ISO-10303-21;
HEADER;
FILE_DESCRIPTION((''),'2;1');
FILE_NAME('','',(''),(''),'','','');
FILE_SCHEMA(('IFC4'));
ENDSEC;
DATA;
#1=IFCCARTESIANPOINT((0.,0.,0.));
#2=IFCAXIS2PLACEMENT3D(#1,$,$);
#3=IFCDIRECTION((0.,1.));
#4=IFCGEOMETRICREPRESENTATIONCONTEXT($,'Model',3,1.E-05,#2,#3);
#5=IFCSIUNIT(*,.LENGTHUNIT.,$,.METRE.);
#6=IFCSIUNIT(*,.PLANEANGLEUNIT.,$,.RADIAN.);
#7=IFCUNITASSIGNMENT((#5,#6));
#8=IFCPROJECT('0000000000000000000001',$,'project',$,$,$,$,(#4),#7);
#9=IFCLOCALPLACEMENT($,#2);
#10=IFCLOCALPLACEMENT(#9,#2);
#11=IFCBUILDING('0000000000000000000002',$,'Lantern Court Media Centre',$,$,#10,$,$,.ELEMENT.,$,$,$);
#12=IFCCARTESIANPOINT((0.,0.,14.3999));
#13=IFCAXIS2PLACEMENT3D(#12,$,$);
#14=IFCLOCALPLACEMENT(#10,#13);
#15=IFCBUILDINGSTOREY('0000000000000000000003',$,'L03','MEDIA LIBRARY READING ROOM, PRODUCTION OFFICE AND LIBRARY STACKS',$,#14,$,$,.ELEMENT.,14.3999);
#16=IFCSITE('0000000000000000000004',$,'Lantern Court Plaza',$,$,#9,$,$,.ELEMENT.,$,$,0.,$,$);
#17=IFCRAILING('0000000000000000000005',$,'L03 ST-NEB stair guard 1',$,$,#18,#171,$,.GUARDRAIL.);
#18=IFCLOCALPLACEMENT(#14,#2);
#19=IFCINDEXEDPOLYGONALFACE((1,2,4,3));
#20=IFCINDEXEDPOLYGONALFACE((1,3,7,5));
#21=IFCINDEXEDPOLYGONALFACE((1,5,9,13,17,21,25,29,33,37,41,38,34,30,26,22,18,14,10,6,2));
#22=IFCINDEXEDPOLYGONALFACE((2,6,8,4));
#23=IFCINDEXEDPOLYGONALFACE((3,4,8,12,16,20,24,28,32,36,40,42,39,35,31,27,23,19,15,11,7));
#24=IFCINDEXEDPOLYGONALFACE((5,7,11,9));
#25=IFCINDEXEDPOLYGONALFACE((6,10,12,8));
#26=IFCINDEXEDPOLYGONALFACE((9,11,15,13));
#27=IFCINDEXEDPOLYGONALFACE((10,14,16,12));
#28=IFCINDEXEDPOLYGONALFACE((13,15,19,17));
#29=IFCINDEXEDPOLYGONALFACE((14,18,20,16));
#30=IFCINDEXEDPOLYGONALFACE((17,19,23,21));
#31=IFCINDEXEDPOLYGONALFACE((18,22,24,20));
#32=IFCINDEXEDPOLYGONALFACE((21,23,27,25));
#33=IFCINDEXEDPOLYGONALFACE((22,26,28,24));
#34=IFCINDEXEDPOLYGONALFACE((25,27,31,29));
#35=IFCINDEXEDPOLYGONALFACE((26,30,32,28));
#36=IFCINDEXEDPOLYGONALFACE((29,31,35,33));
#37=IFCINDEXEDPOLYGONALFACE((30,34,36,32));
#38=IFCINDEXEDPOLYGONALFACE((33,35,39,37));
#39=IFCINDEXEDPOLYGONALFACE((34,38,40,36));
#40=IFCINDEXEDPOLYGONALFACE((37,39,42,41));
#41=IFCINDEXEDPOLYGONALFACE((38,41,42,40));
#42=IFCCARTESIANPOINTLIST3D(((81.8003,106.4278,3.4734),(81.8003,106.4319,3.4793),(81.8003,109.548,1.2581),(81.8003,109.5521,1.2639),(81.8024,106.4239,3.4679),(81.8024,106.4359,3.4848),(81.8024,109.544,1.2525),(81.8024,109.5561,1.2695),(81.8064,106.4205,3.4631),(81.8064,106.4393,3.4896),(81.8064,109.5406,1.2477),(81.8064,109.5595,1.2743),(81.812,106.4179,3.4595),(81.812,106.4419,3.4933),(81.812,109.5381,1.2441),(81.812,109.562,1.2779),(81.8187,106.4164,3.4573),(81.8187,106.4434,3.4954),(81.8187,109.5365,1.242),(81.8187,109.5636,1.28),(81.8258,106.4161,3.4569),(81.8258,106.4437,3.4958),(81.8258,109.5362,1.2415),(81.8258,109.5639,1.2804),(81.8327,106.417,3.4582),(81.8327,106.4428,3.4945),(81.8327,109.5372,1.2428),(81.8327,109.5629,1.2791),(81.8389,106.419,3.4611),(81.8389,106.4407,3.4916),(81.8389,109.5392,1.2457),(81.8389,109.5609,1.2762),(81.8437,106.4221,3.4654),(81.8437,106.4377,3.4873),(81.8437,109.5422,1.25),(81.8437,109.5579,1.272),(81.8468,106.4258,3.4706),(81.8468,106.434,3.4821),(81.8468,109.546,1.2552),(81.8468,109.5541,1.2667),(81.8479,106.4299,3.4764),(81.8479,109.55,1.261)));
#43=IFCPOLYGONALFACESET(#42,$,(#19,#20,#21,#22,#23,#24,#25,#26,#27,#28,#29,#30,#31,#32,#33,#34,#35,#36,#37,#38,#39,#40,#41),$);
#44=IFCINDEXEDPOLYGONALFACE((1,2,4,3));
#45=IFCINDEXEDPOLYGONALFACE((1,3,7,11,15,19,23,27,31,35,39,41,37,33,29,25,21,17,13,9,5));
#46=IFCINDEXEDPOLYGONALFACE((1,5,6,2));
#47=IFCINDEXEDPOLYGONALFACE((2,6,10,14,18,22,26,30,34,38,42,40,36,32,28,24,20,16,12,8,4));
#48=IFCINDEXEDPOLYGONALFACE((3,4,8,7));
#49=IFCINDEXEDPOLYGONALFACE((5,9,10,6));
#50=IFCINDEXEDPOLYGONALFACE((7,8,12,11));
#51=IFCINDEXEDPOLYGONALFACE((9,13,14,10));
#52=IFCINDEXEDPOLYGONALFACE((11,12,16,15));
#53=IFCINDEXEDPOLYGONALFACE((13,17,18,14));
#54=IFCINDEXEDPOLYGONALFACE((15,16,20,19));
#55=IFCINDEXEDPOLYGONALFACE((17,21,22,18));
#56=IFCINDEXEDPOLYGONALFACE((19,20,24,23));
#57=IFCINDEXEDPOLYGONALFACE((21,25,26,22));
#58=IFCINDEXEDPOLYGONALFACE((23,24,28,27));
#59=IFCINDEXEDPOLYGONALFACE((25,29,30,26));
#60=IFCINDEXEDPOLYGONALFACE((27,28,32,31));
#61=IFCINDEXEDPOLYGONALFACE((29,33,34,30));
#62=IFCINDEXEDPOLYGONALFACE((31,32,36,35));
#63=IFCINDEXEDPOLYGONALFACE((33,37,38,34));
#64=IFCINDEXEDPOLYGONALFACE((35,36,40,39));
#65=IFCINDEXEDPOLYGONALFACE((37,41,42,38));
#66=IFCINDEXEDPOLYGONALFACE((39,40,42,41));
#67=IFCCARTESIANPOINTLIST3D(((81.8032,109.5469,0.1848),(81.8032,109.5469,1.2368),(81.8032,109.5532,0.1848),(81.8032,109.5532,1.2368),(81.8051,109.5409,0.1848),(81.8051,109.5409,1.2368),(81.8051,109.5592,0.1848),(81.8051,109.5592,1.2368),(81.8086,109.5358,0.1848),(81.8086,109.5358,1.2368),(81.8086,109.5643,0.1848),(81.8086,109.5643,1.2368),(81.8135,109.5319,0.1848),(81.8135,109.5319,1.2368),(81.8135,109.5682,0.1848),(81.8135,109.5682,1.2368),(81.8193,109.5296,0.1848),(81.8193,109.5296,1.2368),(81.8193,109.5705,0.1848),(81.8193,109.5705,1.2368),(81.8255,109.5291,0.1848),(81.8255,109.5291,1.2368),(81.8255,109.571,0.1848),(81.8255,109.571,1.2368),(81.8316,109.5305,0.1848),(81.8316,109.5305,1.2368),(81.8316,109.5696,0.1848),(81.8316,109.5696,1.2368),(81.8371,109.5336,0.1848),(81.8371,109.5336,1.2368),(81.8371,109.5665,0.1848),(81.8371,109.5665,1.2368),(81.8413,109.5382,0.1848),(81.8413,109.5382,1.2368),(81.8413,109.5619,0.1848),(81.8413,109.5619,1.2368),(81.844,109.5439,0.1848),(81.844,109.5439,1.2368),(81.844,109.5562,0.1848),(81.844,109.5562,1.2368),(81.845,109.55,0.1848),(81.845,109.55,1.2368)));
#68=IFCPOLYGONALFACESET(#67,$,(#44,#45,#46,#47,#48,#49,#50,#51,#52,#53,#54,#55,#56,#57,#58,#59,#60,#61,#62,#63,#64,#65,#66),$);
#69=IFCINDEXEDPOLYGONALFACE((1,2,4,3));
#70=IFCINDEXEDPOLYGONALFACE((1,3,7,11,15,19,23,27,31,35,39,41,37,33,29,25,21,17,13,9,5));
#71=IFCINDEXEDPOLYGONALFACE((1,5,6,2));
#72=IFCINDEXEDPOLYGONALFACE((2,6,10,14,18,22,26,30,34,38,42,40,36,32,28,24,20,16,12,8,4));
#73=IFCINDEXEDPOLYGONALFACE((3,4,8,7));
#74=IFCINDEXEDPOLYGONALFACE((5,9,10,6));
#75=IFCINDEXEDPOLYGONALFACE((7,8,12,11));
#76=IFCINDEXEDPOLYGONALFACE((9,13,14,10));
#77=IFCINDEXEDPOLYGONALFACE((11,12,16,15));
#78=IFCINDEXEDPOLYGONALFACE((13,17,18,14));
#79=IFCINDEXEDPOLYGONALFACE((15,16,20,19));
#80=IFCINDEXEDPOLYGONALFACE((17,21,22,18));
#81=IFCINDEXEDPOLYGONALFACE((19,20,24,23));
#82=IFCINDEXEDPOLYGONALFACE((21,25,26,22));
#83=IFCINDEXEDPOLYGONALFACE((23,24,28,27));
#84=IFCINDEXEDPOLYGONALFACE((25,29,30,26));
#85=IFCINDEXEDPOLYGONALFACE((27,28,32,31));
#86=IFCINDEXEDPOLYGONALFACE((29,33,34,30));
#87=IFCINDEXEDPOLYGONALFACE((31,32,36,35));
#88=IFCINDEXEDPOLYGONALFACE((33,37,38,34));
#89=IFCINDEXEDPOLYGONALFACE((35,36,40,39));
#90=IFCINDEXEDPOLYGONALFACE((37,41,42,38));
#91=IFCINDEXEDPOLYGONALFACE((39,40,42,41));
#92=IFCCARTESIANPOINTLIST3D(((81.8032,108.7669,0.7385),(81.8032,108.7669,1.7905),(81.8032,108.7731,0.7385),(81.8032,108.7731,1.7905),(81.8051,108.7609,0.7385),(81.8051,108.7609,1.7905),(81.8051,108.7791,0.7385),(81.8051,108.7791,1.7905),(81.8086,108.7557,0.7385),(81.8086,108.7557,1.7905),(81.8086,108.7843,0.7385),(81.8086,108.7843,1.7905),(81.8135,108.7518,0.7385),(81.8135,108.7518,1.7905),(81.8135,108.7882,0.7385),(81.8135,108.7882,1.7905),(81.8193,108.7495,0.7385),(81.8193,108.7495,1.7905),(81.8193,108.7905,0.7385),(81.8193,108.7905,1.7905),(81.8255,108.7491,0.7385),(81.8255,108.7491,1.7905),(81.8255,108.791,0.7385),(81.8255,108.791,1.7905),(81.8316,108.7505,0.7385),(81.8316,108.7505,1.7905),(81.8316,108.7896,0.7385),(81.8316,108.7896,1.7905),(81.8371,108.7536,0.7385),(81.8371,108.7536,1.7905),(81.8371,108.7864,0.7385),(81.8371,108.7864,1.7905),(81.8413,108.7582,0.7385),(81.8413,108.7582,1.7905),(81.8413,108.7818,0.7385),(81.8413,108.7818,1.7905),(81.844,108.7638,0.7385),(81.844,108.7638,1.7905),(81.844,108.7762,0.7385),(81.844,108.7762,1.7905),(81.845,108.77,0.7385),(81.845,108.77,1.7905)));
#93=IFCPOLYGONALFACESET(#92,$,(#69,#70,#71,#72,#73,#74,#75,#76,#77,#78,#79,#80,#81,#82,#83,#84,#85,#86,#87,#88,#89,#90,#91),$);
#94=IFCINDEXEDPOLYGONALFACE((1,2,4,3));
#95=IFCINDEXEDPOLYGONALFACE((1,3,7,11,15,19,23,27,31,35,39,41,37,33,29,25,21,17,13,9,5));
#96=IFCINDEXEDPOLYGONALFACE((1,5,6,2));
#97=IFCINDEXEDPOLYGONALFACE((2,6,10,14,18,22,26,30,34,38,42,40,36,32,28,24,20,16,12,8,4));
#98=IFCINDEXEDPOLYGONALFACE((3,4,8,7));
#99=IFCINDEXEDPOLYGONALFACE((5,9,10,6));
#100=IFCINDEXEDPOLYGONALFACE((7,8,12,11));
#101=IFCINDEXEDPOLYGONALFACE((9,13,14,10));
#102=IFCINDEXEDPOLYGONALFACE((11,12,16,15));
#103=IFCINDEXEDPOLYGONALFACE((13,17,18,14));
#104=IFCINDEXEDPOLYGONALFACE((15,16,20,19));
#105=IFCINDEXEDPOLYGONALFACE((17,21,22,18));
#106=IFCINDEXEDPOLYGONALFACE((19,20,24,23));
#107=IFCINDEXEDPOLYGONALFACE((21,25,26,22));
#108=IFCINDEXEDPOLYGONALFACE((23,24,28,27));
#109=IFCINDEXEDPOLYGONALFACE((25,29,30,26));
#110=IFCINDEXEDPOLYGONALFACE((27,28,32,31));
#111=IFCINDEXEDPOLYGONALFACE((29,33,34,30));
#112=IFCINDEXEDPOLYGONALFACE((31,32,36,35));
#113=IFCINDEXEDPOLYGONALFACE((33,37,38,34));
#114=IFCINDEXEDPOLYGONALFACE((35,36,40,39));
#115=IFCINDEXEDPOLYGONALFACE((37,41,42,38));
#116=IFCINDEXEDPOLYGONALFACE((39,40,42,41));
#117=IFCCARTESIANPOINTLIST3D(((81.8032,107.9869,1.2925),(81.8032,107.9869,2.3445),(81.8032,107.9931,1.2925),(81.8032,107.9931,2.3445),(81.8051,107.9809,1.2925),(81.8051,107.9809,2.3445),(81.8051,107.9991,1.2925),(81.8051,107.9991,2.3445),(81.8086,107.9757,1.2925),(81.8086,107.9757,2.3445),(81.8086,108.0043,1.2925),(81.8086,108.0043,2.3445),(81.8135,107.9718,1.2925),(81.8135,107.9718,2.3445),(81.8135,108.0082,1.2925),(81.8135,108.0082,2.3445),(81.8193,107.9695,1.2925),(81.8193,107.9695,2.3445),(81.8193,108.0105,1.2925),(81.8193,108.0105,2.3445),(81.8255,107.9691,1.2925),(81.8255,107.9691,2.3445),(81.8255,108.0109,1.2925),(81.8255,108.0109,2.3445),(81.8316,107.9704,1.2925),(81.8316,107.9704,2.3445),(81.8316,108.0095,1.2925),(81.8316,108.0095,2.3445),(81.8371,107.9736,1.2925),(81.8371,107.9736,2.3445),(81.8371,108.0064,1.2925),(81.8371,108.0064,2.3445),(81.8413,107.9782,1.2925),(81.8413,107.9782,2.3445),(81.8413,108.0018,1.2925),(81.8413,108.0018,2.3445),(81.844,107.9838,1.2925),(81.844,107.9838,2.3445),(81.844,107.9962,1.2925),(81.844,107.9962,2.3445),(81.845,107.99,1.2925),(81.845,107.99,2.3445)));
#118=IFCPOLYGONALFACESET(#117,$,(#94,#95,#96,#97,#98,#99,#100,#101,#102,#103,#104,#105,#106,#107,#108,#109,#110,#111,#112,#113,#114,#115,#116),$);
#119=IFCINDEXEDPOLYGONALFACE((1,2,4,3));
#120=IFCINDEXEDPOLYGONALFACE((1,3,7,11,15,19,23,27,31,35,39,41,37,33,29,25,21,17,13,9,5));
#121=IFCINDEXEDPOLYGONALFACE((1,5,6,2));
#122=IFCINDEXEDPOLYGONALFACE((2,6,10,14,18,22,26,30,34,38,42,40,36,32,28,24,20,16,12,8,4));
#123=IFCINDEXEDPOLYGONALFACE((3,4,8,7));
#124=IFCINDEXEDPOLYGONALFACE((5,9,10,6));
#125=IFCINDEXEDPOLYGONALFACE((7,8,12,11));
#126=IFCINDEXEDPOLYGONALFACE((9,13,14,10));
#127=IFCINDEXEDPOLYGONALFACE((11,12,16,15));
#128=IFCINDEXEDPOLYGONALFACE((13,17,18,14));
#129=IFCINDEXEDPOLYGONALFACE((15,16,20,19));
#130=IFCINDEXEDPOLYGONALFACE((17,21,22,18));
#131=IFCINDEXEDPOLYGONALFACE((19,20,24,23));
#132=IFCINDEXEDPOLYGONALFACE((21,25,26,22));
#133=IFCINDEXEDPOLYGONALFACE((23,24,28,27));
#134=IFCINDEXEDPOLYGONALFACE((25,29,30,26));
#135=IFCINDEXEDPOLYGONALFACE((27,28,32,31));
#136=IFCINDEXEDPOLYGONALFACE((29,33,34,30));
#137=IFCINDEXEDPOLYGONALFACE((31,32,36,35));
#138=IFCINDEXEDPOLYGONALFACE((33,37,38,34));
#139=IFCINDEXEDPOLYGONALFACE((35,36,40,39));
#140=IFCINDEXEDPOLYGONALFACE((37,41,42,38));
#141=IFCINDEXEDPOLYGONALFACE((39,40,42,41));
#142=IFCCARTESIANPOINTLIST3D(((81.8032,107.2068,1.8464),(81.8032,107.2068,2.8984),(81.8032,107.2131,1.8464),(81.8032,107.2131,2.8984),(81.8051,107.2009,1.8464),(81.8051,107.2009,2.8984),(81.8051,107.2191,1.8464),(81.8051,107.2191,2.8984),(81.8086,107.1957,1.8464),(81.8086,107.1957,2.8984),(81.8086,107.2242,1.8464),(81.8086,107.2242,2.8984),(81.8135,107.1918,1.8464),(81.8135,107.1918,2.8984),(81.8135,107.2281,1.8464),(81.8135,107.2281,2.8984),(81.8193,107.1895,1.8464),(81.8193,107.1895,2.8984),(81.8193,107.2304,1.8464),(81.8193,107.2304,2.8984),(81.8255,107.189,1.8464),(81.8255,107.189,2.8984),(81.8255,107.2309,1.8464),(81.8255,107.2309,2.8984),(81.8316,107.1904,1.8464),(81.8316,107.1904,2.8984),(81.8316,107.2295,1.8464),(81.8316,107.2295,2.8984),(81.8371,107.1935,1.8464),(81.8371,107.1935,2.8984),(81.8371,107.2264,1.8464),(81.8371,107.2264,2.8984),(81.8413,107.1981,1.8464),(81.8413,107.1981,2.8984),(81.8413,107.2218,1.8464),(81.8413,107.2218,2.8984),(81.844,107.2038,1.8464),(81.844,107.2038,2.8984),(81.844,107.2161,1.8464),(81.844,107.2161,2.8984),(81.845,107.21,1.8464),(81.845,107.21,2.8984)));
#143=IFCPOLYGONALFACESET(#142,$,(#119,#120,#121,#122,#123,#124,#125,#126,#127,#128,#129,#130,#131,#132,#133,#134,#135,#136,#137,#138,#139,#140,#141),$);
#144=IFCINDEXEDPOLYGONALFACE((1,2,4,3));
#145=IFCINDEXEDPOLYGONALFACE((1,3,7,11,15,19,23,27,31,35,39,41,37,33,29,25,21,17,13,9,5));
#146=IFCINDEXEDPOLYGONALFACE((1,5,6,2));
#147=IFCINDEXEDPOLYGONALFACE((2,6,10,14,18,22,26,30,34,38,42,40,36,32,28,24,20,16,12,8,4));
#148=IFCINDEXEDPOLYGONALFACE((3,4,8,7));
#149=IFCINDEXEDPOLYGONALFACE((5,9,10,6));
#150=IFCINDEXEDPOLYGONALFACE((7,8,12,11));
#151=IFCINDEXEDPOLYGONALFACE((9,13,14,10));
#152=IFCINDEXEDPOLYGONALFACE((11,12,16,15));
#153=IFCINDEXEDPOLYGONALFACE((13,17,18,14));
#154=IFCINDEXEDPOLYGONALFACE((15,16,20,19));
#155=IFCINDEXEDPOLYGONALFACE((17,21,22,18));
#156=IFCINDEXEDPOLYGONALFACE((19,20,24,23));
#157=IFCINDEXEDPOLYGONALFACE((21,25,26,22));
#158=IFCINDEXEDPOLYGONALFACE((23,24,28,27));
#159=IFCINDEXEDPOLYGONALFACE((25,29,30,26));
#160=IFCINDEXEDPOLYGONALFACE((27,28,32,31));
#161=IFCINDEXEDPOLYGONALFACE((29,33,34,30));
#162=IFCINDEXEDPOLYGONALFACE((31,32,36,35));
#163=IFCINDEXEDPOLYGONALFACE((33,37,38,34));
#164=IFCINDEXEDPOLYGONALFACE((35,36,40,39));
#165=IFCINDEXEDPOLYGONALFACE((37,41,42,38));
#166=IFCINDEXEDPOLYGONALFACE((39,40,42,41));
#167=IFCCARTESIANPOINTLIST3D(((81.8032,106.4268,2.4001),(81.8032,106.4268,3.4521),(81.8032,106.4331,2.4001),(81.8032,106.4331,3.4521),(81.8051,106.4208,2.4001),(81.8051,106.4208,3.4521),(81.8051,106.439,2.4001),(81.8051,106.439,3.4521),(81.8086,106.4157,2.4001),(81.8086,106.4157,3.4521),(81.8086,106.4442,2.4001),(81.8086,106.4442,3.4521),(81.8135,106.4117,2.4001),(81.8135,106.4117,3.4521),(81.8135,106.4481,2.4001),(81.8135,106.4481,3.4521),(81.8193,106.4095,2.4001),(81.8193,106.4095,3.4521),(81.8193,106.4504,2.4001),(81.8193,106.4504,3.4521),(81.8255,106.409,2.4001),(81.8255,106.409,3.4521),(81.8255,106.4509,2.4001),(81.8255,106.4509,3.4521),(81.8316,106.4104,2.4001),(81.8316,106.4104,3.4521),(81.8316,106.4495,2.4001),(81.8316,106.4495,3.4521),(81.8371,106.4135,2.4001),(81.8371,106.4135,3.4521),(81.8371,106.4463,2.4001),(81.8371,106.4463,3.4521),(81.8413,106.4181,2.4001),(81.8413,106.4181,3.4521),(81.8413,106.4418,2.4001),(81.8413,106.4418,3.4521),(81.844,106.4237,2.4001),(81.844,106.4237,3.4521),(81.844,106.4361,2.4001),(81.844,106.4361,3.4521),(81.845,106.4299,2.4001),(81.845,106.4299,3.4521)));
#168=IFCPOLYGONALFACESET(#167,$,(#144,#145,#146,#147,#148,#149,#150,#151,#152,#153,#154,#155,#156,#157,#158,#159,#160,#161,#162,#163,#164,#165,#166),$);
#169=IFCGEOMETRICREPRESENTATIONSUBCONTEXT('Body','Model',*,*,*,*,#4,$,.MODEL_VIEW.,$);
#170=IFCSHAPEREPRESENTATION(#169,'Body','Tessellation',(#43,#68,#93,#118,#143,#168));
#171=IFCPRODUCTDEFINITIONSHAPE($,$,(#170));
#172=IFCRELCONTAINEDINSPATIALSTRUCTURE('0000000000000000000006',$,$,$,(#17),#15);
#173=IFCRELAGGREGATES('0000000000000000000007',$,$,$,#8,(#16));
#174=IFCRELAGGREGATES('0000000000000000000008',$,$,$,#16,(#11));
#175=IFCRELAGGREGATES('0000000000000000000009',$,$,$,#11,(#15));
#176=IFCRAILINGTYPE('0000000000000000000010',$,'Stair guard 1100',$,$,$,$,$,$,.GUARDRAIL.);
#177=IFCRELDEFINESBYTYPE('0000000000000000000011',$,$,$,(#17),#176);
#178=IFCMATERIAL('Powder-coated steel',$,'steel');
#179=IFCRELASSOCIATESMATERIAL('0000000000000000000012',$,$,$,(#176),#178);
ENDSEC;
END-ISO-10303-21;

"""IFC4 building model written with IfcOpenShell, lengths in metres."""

from ifc_helpers import new_model, si_unit, direction, frame, origin, origin_2d, place, context, subcontext, project, spatial, circle, extrude, material, type_object, element, save


model = new_model("IFC4")

# Units and contexts
model_context = context("Model", 3, precision=1e-05, world=origin(), true_north=direction((0.0, 1.0)))
body_context = subcontext(model_context, "Body", "Model", "MODEL_VIEW")
ifc_project = project(units=[si_unit("LENGTHUNIT", "METRE"), si_unit("PLANEANGLEUNIT", "RADIAN")], contexts=[model_context])

# Site, building, storey
site_placement = place(None, origin())
site = spatial("IfcSite", under=ifc_project, at=site_placement, Name="Lantern Court Plaza", CompositionType="ELEMENT", RefElevation=0.0)
building_placement = place(site_placement, origin())
building = spatial("IfcBuilding", under=site, at=building_placement, Name="Lantern Court Media Centre", CompositionType="ELEMENT")
storey_placement = place(building_placement, frame((0.0, 0.0, 14.3999)))
storey = spatial("IfcBuildingStorey", under=building, at=storey_placement, Name="L03", Description="MEDIA LIBRARY READING ROOM, PRODUCTION OFFICE AND LIBRARY STACKS", CompositionType="ELEMENT", Elevation=14.3999)

# Shared definitions
ifc_material_1 = material(Name="Powder-coated steel", Category="steel")

# Railing
railing_type_1 = type_object("IfcRailingType", Name="Stair guard 1100", PredefinedType="GUARDRAIL", material=ifc_material_1)
railing_1_placement = place(storey_placement, frame((81.824, 109.55, 0.1848)))
element("IfcRailing", 1, at=railing_1_placement, inside=storey, type_object=railing_type_1, Name="L03 ST-NEB stair guard 1", PredefinedType="GUARDRAIL", context=body_context, shape_type="SweptSolid", body=[
    extrude(circle(Radius=0.0239, at=origin_2d()), frame((0.0, 0.0, 1.0762), z_axis=(0.0, -0.815377, 0.57893), x_axis=(1.0, 0.0, 0.0)), (0.0, 0.0, 1.0), 3.8267),
    extrude(circle(Radius=0.021, at=origin_2d()), origin(), (0.0, 0.0, 1.0), 1.052),
    extrude(circle(Radius=0.021, at=origin_2d()), frame((0.0, -0.78, 0.5537)), (0.0, 0.0, 1.0), 1.052),
    extrude(circle(Radius=0.021, at=origin_2d()), frame((0.0, -1.5601, 1.1077)), (0.0, 0.0, 1.0), 1.052),
    extrude(circle(Radius=0.021, at=origin_2d()), frame((0.0, -2.3401, 1.6616)), (0.0, 0.0, 1.0), 1.052),
    extrude(circle(Radius=0.021, at=origin_2d()), frame((0.0, -3.1201, 2.2153)), (0.0, 0.0, 1.0), 1.052),
])

save(model, "model.ifc")
